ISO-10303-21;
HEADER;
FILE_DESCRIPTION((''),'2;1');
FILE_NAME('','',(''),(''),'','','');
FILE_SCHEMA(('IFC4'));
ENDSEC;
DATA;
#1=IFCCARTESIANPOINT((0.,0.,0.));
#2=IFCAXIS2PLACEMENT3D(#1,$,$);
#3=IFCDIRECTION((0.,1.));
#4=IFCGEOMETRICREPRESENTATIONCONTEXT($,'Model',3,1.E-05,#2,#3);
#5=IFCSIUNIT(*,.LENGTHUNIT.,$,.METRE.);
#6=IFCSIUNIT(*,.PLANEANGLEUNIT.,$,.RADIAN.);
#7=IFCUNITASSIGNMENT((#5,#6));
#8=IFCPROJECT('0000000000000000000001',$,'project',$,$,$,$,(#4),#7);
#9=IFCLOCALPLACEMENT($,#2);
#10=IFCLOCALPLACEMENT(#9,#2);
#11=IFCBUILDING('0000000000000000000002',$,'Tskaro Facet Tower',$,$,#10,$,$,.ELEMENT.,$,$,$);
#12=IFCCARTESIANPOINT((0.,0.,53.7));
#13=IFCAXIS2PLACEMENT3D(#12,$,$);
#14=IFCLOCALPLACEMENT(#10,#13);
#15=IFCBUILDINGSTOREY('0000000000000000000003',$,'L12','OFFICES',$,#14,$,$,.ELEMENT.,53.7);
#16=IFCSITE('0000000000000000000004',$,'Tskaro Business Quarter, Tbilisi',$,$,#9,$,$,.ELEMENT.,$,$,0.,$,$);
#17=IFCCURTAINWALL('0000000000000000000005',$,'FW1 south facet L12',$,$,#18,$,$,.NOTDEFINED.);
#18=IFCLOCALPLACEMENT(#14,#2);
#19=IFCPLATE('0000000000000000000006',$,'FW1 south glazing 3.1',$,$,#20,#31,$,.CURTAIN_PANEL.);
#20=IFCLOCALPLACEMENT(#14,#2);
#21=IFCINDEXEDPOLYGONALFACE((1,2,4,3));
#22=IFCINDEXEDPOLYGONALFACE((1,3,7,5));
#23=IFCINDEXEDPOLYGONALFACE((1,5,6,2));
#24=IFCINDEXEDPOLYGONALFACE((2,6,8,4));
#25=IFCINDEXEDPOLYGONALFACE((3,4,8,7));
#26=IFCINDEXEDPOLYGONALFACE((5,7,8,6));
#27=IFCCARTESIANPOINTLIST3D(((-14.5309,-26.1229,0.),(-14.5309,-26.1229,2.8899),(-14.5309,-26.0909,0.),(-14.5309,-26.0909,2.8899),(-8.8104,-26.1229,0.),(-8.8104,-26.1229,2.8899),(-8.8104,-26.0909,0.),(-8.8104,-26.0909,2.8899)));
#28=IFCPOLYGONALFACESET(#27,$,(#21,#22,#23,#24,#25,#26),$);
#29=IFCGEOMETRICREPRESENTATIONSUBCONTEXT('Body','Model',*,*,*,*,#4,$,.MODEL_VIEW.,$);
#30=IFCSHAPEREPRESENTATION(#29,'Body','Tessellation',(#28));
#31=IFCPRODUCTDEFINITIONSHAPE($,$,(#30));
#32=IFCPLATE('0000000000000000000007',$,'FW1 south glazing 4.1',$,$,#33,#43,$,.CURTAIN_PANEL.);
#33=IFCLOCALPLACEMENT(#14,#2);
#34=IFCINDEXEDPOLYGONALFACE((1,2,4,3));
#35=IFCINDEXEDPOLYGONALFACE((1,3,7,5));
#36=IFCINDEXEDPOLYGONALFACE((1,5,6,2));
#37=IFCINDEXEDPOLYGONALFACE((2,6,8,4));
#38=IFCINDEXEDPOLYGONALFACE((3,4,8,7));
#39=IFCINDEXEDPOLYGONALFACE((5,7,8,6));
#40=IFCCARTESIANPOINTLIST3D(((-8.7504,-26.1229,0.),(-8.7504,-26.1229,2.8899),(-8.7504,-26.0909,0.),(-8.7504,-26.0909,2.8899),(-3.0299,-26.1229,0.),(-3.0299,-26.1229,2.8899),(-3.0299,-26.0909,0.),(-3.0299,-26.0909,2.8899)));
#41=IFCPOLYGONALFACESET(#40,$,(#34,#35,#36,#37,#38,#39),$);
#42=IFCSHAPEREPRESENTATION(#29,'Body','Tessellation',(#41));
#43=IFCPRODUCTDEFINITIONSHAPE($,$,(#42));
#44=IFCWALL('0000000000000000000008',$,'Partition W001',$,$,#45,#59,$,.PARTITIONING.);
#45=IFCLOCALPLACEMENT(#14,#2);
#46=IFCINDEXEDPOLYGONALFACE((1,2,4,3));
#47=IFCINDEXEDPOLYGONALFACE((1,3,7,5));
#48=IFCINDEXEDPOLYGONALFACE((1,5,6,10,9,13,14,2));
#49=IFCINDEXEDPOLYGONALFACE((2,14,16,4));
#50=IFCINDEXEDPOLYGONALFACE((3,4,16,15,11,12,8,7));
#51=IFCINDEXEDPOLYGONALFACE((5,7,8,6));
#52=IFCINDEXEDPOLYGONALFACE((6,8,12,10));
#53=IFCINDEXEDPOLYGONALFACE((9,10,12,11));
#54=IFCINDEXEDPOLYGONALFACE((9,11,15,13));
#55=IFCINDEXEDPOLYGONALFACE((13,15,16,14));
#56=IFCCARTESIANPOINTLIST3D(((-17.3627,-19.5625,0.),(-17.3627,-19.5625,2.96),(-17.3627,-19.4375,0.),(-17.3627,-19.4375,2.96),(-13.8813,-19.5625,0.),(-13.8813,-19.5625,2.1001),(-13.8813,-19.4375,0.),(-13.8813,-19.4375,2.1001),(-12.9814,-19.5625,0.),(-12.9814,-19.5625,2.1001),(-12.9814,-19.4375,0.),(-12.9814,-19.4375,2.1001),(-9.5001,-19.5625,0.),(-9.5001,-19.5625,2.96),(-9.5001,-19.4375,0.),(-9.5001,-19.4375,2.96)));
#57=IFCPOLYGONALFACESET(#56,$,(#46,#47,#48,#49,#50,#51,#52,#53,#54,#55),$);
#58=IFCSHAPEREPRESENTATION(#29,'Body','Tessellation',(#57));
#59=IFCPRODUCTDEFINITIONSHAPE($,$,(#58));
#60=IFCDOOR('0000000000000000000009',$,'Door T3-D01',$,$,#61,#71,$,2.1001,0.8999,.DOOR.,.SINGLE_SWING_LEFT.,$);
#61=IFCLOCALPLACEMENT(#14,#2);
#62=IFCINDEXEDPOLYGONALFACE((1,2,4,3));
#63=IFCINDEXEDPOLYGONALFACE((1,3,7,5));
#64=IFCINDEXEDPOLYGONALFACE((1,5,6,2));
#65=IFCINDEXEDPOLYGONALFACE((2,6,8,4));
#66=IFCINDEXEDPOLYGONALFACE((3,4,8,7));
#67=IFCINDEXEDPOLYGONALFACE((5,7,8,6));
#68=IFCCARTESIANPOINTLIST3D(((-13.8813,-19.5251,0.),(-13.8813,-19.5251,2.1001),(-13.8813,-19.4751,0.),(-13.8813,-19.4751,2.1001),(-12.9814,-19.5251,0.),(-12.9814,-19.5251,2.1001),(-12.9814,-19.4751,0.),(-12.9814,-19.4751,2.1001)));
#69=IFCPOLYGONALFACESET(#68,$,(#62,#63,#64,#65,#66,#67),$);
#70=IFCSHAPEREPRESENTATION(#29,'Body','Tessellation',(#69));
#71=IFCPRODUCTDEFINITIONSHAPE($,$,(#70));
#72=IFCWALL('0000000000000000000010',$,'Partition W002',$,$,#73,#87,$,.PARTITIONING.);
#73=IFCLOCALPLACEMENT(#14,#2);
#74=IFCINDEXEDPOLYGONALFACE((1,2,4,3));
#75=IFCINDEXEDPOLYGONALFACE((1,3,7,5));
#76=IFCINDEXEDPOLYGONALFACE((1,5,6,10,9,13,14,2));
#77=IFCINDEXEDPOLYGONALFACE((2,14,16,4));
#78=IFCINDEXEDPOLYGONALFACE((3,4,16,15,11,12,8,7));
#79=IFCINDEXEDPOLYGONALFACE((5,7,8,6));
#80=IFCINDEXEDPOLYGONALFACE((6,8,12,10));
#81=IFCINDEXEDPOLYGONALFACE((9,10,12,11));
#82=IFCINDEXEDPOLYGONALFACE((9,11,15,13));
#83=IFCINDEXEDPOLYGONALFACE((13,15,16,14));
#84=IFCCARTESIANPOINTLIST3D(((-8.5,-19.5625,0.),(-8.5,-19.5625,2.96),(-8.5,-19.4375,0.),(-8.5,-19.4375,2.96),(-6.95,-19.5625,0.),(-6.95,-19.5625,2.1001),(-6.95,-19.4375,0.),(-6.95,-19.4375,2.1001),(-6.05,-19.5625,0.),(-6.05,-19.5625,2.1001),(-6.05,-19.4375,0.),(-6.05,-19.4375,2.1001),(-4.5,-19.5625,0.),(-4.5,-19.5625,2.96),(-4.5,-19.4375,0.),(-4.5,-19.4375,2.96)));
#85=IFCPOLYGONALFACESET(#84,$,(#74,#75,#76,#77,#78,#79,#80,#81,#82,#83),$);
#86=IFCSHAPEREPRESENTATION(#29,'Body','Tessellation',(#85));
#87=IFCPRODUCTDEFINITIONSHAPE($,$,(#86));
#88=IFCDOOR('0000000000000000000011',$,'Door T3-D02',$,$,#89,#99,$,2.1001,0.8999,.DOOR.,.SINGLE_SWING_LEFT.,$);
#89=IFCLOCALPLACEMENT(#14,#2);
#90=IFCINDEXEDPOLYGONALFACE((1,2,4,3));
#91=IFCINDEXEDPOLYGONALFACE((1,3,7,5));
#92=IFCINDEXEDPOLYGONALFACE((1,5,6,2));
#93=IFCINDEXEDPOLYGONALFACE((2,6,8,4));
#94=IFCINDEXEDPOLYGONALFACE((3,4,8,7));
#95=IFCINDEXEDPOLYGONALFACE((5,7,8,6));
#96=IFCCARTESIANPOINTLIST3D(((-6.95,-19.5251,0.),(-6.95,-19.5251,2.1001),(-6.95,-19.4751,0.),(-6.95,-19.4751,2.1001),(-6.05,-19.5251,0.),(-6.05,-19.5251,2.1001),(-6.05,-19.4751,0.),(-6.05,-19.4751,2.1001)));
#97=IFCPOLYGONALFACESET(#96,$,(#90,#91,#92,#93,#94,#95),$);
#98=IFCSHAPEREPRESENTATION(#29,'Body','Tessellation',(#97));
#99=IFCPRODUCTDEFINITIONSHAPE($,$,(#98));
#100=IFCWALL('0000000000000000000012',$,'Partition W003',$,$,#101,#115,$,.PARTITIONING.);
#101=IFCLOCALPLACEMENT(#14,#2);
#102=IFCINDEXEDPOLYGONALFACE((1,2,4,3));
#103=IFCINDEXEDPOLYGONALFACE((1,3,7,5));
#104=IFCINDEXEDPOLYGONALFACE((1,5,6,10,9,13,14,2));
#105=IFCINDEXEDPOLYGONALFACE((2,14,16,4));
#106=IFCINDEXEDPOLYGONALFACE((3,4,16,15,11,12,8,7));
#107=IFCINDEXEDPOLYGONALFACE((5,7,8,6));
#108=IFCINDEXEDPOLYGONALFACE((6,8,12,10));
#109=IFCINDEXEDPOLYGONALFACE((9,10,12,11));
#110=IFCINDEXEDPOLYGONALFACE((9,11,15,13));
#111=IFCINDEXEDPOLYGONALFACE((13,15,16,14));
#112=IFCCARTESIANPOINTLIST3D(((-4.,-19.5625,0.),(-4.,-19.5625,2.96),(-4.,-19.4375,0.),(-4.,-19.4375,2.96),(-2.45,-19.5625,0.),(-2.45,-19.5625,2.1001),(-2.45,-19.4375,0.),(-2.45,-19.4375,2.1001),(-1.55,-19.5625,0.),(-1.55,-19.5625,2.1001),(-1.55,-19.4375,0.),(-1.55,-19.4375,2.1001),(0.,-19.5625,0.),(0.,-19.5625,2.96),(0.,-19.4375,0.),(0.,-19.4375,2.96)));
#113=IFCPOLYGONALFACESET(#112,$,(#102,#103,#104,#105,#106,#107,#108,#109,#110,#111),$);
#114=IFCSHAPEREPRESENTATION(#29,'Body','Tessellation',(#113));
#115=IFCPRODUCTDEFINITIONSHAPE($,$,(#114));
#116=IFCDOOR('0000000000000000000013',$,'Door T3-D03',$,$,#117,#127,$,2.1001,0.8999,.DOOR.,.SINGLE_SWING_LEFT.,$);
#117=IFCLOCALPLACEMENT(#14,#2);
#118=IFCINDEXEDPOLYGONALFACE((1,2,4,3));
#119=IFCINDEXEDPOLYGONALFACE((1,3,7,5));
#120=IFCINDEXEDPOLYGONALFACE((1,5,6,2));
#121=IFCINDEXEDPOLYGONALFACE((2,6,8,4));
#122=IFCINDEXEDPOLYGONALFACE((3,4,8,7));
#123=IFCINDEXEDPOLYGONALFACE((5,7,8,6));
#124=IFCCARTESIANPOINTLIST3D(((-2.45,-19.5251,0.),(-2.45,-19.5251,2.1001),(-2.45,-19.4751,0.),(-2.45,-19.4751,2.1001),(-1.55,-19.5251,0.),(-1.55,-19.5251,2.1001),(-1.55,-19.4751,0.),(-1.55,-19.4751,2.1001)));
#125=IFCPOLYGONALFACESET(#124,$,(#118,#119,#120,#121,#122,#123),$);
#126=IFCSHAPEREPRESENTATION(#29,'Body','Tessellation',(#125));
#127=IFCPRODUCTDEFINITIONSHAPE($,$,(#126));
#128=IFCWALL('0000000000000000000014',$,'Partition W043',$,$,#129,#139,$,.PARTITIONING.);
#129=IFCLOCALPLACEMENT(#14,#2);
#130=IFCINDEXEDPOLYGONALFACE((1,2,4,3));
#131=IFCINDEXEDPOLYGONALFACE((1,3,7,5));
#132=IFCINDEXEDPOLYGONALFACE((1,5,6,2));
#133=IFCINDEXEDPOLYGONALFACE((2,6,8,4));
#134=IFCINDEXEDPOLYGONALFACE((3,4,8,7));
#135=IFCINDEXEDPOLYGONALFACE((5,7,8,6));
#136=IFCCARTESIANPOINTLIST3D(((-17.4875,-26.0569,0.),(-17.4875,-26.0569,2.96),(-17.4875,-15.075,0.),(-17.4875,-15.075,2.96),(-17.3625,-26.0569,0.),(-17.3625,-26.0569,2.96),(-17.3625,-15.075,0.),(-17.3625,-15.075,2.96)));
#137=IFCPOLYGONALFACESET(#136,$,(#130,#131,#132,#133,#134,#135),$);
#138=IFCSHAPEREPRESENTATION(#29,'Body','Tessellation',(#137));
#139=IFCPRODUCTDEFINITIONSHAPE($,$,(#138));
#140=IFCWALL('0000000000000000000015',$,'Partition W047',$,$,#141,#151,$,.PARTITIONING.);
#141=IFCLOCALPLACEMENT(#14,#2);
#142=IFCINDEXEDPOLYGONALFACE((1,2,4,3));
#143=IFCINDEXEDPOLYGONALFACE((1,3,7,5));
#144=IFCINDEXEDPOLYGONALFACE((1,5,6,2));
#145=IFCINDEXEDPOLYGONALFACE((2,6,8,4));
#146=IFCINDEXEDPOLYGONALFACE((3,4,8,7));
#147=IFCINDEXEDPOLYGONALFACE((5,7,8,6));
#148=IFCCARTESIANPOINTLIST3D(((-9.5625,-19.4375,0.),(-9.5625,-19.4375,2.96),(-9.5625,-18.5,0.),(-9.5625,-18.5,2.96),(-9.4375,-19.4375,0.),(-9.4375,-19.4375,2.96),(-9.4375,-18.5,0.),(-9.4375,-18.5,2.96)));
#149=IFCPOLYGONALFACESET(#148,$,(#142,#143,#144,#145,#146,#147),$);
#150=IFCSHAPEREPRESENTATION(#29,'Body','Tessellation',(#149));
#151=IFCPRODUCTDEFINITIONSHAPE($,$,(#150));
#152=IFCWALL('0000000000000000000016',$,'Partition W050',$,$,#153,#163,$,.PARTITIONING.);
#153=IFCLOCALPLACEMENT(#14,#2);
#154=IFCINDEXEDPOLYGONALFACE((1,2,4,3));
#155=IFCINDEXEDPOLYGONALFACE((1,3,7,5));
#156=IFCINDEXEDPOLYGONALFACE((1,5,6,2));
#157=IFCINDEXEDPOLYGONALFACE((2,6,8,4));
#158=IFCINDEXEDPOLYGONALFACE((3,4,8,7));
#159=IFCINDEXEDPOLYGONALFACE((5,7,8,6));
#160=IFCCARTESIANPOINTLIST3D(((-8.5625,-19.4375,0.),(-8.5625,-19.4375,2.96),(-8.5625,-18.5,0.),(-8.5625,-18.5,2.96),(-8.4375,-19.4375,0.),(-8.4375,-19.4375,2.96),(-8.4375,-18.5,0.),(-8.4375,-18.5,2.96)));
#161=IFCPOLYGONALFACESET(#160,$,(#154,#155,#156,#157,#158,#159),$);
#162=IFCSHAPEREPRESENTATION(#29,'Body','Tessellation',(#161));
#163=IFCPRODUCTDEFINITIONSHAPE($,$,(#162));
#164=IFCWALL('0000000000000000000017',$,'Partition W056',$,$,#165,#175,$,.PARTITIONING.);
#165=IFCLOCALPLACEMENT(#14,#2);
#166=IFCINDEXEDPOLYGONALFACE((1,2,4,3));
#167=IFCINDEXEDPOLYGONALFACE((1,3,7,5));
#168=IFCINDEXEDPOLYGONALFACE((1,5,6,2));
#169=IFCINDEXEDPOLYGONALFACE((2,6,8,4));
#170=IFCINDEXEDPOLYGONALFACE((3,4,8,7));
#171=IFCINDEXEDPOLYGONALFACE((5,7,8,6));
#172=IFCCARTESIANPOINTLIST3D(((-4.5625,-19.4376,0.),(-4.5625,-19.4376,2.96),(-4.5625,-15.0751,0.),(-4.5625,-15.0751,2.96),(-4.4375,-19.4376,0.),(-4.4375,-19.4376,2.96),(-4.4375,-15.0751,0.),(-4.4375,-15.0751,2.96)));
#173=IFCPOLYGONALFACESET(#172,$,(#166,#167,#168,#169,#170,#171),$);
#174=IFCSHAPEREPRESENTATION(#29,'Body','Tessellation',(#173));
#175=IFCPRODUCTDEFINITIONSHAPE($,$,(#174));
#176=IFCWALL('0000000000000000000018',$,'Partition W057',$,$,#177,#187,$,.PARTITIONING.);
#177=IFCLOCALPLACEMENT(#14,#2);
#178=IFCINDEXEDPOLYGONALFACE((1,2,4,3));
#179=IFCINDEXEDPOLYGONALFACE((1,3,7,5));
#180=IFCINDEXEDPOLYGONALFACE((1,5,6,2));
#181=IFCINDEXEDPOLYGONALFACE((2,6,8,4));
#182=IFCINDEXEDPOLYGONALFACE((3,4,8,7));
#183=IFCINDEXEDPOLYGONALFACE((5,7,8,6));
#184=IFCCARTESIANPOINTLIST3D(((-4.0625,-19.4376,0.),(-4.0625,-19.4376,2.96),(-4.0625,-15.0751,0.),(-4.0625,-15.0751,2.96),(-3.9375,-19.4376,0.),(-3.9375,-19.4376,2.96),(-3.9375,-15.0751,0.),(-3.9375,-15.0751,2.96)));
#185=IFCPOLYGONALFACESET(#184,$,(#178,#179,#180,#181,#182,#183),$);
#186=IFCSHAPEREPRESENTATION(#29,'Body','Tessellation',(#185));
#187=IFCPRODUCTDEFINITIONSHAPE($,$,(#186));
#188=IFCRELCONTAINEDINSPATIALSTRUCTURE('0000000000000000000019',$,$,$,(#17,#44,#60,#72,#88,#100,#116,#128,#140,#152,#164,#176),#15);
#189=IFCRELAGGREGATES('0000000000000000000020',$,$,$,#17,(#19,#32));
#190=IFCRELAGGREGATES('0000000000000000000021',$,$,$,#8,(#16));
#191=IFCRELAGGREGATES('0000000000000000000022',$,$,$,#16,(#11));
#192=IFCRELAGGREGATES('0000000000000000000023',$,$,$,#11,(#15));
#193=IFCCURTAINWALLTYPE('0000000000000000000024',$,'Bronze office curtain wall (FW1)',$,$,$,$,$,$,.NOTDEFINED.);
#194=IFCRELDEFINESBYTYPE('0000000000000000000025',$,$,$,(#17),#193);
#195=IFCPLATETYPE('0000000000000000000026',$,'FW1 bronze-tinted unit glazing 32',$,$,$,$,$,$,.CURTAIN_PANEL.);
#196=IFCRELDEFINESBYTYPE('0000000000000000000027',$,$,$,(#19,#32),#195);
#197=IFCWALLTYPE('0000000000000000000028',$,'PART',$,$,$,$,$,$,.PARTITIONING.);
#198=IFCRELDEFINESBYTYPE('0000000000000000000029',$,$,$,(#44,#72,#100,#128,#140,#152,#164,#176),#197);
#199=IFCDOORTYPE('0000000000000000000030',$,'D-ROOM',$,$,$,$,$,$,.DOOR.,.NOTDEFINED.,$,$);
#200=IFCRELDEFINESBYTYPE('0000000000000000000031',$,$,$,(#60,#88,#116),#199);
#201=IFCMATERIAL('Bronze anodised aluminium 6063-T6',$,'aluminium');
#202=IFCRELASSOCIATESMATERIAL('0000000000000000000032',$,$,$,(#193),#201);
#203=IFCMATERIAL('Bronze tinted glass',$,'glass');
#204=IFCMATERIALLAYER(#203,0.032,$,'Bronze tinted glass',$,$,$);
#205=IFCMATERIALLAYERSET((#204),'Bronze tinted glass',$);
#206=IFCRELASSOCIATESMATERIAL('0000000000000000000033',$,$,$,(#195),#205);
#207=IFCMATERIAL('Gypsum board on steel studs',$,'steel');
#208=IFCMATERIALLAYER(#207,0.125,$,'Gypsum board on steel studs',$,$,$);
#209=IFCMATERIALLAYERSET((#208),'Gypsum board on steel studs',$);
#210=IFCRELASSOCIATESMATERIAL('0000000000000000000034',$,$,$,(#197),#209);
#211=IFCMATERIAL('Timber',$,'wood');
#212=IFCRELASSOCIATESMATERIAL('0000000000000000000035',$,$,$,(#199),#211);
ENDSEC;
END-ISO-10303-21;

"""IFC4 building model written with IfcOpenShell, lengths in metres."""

from ifc_helpers import new_model, si_unit, direction, frame, frame_2d, origin, origin_2d, place, context, subcontext, project, spatial, rectangle, extrude, material, layer, layer_set, type_object, element, fill, aggregate, save


model = new_model("IFC4")

# Units and contexts
model_context = context("Model", 3, precision=1e-05, world=origin(), true_north=direction((0.0, 1.0)))
body_context = subcontext(model_context, "Body", "Model", "MODEL_VIEW")
ifc_project = project(units=[si_unit("LENGTHUNIT", "METRE"), si_unit("PLANEANGLEUNIT", "RADIAN")], contexts=[model_context])

# Site, building, storey
site_placement = place(None, origin())
site = spatial("IfcSite", under=ifc_project, at=site_placement, Name="Tskaro Business Quarter, Tbilisi", CompositionType="ELEMENT", RefElevation=0.0)
building_placement = place(site_placement, origin())
building = spatial("IfcBuilding", under=site, at=building_placement, Name="Tskaro Facet Tower", CompositionType="ELEMENT")
storey_placement = place(building_placement, frame((0.0, 0.0, 53.7)))
storey = spatial("IfcBuildingStorey", under=building, at=storey_placement, Name="L12", Description="OFFICES", CompositionType="ELEMENT", Elevation=53.7)

# Curtain wall
ifc_material_1 = material(Name="Bronze anodised aluminium 6063-T6", Category="aluminium")
curtain_wall_type = type_object("IfcCurtainWallType", Name="Bronze office curtain wall (FW1)", PredefinedType="NOTDEFINED", material=ifc_material_1)
curtain_wall_placement = place(storey_placement, origin())
curtain_wall = element("IfcCurtainWall", 1, at=curtain_wall_placement, inside=storey, type_object=curtain_wall_type, Name="FW1 south facet L12", PredefinedType="NOTDEFINED")

# Plates
ifc_material_2 = material(Name="Bronze tinted glass", Category="glass")
ifc_layer_1 = layer(ifc_material_2, 0.032, Name="Bronze tinted glass")
ifc_layer_set_1 = layer_set([ifc_layer_1], Name="Bronze tinted glass")
plate_type = type_object("IfcPlateType", Name="FW1 bronze-tinted unit glazing 32", PredefinedType="CURTAIN_PANEL", material=ifc_layer_set_1)
plate_1_placement = place(storey_placement, frame((-11.6707, -26.1069, 0.0), z_axis=(0.0, 0.0, 1.0), x_axis=(1.0, 0.0, 0.0)))
plate_1 = element("IfcPlate", 2, at=plate_1_placement, type_object=plate_type, Name="FW1 south glazing 3.1", PredefinedType="CURTAIN_PANEL", context=body_context, shape_type="SweptSolid", body=[
    extrude(rectangle(XDim=5.7205, YDim=0.032, at=origin_2d()), origin(), (0.0, 0.0, 1.0), 2.8899),
])
plate_2_placement = place(storey_placement, frame((-5.8901, -26.1069, 0.0), z_axis=(0.0, 0.0, 1.0), x_axis=(1.0, 0.0, 0.0)))
plate_2 = element("IfcPlate", 3, at=plate_2_placement, type_object=plate_type, Name="FW1 south glazing 4.1", PredefinedType="CURTAIN_PANEL", context=body_context, shape_type="SweptSolid", body=[
    extrude(rectangle(XDim=5.7205, YDim=0.032, at=origin_2d()), origin(), (0.0, 0.0, 1.0), 2.8899),
])
aggregate(curtain_wall, [plate_1, plate_2])

# Walls, openings, doors
ifc_material_3 = material(Name="Gypsum board on steel studs", Category="steel")
ifc_layer_2 = layer(ifc_material_3, 0.125, Name="Gypsum board on steel studs")
ifc_layer_set_2 = layer_set([ifc_layer_2], Name="Gypsum board on steel studs")
wall_type = type_object("IfcWallType", Name="PART", PredefinedType="PARTITIONING", material=ifc_layer_set_2)
wall_1_placement = place(storey_placement, frame((-17.3625, -19.5, 0.0), z_axis=(0.0, 0.0, 1.0), x_axis=(1.0, 0.0, 0.0)))
wall_1 = element("IfcWall", 4, at=wall_1_placement, inside=storey, type_object=wall_type, Name="Partition W001", PredefinedType="PARTITIONING", context=body_context, shape_type="SweptSolid", body=[
    extrude(rectangle(XDim=7.8625, YDim=0.125, at=frame_2d((3.9312, 0.0))), origin(), (0.0, 0.0, 1.0), 2.96),
])
opening_1_placement = place(wall_1_placement, frame((3.4812, 0.0, 0.0)))
opening_1 = element("IfcOpeningElement", 5, at=opening_1_placement, cuts=wall_1, PredefinedType="OPENING", context=body_context, shape_type="SweptSolid", body=[
    extrude(rectangle(XDim=0.8999, YDim=2.1001, at=frame_2d((0.45, 1.05))), frame((0.0, 0.0725, 0.0), z_axis=(0.0, -1.0, 0.0), x_axis=(1.0, 0.0, 0.0)), (0.0, 0.0, 1.0), 0.145),
])
ifc_material_4 = material(Name="Timber", Category="wood")
door_type = type_object("IfcDoorType", Name="D-ROOM", OperationType="NOTDEFINED", PredefinedType="DOOR", material=ifc_material_4)
door_1_placement = place(opening_1_placement, origin())
door_1 = element("IfcDoor", 6, at=door_1_placement, inside=storey, type_object=door_type, Name="Door T3-D01", OperationType="SINGLE_SWING_LEFT", OverallHeight=2.1001, OverallWidth=0.8999, PredefinedType="DOOR", context=body_context, shape_type="SweptSolid", body=[
    extrude(rectangle(XDim=0.8999, YDim=2.1001, at=frame_2d((0.45, 1.05))), frame((0.0, 0.0249, 0.0), z_axis=(0.0, -1.0, 0.0), x_axis=(1.0, 0.0, 0.0)), (0.0, 0.0, 1.0), 0.05),
])
fill(opening_1, door_1)
wall_2_placement = place(storey_placement, frame((-8.5, -19.5, 0.0), z_axis=(0.0, 0.0, 1.0), x_axis=(1.0, 0.0, 0.0)))
wall_2 = element("IfcWall", 7, at=wall_2_placement, inside=storey, type_object=wall_type, Name="Partition W002", PredefinedType="PARTITIONING", context=body_context, shape_type="SweptSolid", body=[
    extrude(rectangle(XDim=4.0, YDim=0.125, at=frame_2d((2.0, 0.0))), origin(), (0.0, 0.0, 1.0), 2.96),
])
opening_2_placement = place(wall_2_placement, frame((1.55, 0.0, 0.0)))
opening_2 = element("IfcOpeningElement", 8, at=opening_2_placement, cuts=wall_2, PredefinedType="OPENING", context=body_context, shape_type="SweptSolid", body=[
    extrude(rectangle(XDim=0.8999, YDim=2.1001, at=frame_2d((0.45, 1.05))), frame((0.0, 0.0725, 0.0), z_axis=(0.0, -1.0, 0.0), x_axis=(1.0, 0.0, 0.0)), (0.0, 0.0, 1.0), 0.145),
])
door_2_placement = place(opening_2_placement, origin())
door_2 = element("IfcDoor", 9, at=door_2_placement, inside=storey, type_object=door_type, Name="Door T3-D02", OperationType="SINGLE_SWING_LEFT", OverallHeight=2.1001, OverallWidth=0.8999, PredefinedType="DOOR", context=body_context, shape_type="SweptSolid", body=[
    extrude(rectangle(XDim=0.8999, YDim=2.1001, at=frame_2d((0.45, 1.05))), frame((0.0, 0.0249, 0.0), z_axis=(0.0, -1.0, 0.0), x_axis=(1.0, 0.0, 0.0)), (0.0, 0.0, 1.0), 0.05),
])
fill(opening_2, door_2)
wall_3_placement = place(storey_placement, frame((-4.0, -19.5, 0.0), z_axis=(0.0, 0.0, 1.0), x_axis=(1.0, 0.0, 0.0)))
wall_3 = element("IfcWall", 10, at=wall_3_placement, inside=storey, type_object=wall_type, Name="Partition W003", PredefinedType="PARTITIONING", context=body_context, shape_type="SweptSolid", body=[
    extrude(rectangle(XDim=4.0, YDim=0.125, at=frame_2d((2.0, 0.0))), origin(), (0.0, 0.0, 1.0), 2.96),
])
opening_3_placement = place(wall_3_placement, frame((1.55, 0.0, 0.0)))
opening_3 = element("IfcOpeningElement", 11, at=opening_3_placement, cuts=wall_3, PredefinedType="OPENING", context=body_context, shape_type="SweptSolid", body=[
    extrude(rectangle(XDim=0.8999, YDim=2.1001, at=frame_2d((0.45, 1.05))), frame((0.0, 0.0725, 0.0), z_axis=(0.0, -1.0, 0.0), x_axis=(1.0, 0.0, 0.0)), (0.0, 0.0, 1.0), 0.145),
])
door_3_placement = place(opening_3_placement, origin())
door_3 = element("IfcDoor", 12, at=door_3_placement, inside=storey, type_object=door_type, Name="Door T3-D03", OperationType="SINGLE_SWING_LEFT", OverallHeight=2.1001, OverallWidth=0.8999, PredefinedType="DOOR", context=body_context, shape_type="SweptSolid", body=[
    extrude(rectangle(XDim=0.8999, YDim=2.1001, at=frame_2d((0.45, 1.05))), frame((0.0, 0.0249, 0.0), z_axis=(0.0, -1.0, 0.0), x_axis=(1.0, 0.0, 0.0)), (0.0, 0.0, 1.0), 0.05),
])
fill(opening_3, door_3)

# Walls
wall_4_placement = place(storey_placement, frame((-17.425, -26.0569, 0.0), z_axis=(0.0, 0.0, 1.0), x_axis=(0.0, 1.0, 0.0)))
element("IfcWall", 13, at=wall_4_placement, inside=storey, type_object=wall_type, Name="Partition W043", PredefinedType="PARTITIONING", context=body_context, shape_type="SweptSolid", body=[
    extrude(rectangle(XDim=10.9819, YDim=0.125, at=frame_2d((5.491, 0.0))), origin(), (0.0, 0.0, 1.0), 2.96),
])
for number, where, z_axis, x_axis, name in (
    (14, (-9.5, -19.4375, 0.0), (0.0, 0.0, 1.0), (0.0, 1.0, 0.0), "Partition W047"),
    (15, (-8.5, -19.4375, 0.0), (0.0, 0.0, 1.0), (0.0, 1.0, 0.0), "Partition W050"),
):
    element("IfcWall", number, at=place(storey_placement, frame(where, z_axis=z_axis, x_axis=x_axis)), inside=storey, type_object=wall_type, Name=name, PredefinedType="PARTITIONING", context=body_context, shape_type="SweptSolid", body=[
        extrude(rectangle(XDim=0.9375, YDim=0.125, at=frame_2d((0.4688, 0.0))), origin(), (0.0, 0.0, 1.0), 2.96),
    ])
for number, where, z_axis, x_axis, name in (
    (16, (-4.5, -19.4375, 0.0), (0.0, 0.0, 1.0), (0.0, 1.0, 0.0), "Partition W056"),
    (17, (-4.0, -19.4375, 0.0), (0.0, 0.0, 1.0), (0.0, 1.0, 0.0), "Partition W057"),
):
    element("IfcWall", number, at=place(storey_placement, frame(where, z_axis=z_axis, x_axis=x_axis)), inside=storey, type_object=wall_type, Name=name, PredefinedType="PARTITIONING", context=body_context, shape_type="SweptSolid", body=[
        extrude(rectangle(XDim=4.3625, YDim=0.125, at=frame_2d((2.1812, 0.0))), origin(), (0.0, 0.0, 1.0), 2.96),
    ])

save(model, "model.ifc")
